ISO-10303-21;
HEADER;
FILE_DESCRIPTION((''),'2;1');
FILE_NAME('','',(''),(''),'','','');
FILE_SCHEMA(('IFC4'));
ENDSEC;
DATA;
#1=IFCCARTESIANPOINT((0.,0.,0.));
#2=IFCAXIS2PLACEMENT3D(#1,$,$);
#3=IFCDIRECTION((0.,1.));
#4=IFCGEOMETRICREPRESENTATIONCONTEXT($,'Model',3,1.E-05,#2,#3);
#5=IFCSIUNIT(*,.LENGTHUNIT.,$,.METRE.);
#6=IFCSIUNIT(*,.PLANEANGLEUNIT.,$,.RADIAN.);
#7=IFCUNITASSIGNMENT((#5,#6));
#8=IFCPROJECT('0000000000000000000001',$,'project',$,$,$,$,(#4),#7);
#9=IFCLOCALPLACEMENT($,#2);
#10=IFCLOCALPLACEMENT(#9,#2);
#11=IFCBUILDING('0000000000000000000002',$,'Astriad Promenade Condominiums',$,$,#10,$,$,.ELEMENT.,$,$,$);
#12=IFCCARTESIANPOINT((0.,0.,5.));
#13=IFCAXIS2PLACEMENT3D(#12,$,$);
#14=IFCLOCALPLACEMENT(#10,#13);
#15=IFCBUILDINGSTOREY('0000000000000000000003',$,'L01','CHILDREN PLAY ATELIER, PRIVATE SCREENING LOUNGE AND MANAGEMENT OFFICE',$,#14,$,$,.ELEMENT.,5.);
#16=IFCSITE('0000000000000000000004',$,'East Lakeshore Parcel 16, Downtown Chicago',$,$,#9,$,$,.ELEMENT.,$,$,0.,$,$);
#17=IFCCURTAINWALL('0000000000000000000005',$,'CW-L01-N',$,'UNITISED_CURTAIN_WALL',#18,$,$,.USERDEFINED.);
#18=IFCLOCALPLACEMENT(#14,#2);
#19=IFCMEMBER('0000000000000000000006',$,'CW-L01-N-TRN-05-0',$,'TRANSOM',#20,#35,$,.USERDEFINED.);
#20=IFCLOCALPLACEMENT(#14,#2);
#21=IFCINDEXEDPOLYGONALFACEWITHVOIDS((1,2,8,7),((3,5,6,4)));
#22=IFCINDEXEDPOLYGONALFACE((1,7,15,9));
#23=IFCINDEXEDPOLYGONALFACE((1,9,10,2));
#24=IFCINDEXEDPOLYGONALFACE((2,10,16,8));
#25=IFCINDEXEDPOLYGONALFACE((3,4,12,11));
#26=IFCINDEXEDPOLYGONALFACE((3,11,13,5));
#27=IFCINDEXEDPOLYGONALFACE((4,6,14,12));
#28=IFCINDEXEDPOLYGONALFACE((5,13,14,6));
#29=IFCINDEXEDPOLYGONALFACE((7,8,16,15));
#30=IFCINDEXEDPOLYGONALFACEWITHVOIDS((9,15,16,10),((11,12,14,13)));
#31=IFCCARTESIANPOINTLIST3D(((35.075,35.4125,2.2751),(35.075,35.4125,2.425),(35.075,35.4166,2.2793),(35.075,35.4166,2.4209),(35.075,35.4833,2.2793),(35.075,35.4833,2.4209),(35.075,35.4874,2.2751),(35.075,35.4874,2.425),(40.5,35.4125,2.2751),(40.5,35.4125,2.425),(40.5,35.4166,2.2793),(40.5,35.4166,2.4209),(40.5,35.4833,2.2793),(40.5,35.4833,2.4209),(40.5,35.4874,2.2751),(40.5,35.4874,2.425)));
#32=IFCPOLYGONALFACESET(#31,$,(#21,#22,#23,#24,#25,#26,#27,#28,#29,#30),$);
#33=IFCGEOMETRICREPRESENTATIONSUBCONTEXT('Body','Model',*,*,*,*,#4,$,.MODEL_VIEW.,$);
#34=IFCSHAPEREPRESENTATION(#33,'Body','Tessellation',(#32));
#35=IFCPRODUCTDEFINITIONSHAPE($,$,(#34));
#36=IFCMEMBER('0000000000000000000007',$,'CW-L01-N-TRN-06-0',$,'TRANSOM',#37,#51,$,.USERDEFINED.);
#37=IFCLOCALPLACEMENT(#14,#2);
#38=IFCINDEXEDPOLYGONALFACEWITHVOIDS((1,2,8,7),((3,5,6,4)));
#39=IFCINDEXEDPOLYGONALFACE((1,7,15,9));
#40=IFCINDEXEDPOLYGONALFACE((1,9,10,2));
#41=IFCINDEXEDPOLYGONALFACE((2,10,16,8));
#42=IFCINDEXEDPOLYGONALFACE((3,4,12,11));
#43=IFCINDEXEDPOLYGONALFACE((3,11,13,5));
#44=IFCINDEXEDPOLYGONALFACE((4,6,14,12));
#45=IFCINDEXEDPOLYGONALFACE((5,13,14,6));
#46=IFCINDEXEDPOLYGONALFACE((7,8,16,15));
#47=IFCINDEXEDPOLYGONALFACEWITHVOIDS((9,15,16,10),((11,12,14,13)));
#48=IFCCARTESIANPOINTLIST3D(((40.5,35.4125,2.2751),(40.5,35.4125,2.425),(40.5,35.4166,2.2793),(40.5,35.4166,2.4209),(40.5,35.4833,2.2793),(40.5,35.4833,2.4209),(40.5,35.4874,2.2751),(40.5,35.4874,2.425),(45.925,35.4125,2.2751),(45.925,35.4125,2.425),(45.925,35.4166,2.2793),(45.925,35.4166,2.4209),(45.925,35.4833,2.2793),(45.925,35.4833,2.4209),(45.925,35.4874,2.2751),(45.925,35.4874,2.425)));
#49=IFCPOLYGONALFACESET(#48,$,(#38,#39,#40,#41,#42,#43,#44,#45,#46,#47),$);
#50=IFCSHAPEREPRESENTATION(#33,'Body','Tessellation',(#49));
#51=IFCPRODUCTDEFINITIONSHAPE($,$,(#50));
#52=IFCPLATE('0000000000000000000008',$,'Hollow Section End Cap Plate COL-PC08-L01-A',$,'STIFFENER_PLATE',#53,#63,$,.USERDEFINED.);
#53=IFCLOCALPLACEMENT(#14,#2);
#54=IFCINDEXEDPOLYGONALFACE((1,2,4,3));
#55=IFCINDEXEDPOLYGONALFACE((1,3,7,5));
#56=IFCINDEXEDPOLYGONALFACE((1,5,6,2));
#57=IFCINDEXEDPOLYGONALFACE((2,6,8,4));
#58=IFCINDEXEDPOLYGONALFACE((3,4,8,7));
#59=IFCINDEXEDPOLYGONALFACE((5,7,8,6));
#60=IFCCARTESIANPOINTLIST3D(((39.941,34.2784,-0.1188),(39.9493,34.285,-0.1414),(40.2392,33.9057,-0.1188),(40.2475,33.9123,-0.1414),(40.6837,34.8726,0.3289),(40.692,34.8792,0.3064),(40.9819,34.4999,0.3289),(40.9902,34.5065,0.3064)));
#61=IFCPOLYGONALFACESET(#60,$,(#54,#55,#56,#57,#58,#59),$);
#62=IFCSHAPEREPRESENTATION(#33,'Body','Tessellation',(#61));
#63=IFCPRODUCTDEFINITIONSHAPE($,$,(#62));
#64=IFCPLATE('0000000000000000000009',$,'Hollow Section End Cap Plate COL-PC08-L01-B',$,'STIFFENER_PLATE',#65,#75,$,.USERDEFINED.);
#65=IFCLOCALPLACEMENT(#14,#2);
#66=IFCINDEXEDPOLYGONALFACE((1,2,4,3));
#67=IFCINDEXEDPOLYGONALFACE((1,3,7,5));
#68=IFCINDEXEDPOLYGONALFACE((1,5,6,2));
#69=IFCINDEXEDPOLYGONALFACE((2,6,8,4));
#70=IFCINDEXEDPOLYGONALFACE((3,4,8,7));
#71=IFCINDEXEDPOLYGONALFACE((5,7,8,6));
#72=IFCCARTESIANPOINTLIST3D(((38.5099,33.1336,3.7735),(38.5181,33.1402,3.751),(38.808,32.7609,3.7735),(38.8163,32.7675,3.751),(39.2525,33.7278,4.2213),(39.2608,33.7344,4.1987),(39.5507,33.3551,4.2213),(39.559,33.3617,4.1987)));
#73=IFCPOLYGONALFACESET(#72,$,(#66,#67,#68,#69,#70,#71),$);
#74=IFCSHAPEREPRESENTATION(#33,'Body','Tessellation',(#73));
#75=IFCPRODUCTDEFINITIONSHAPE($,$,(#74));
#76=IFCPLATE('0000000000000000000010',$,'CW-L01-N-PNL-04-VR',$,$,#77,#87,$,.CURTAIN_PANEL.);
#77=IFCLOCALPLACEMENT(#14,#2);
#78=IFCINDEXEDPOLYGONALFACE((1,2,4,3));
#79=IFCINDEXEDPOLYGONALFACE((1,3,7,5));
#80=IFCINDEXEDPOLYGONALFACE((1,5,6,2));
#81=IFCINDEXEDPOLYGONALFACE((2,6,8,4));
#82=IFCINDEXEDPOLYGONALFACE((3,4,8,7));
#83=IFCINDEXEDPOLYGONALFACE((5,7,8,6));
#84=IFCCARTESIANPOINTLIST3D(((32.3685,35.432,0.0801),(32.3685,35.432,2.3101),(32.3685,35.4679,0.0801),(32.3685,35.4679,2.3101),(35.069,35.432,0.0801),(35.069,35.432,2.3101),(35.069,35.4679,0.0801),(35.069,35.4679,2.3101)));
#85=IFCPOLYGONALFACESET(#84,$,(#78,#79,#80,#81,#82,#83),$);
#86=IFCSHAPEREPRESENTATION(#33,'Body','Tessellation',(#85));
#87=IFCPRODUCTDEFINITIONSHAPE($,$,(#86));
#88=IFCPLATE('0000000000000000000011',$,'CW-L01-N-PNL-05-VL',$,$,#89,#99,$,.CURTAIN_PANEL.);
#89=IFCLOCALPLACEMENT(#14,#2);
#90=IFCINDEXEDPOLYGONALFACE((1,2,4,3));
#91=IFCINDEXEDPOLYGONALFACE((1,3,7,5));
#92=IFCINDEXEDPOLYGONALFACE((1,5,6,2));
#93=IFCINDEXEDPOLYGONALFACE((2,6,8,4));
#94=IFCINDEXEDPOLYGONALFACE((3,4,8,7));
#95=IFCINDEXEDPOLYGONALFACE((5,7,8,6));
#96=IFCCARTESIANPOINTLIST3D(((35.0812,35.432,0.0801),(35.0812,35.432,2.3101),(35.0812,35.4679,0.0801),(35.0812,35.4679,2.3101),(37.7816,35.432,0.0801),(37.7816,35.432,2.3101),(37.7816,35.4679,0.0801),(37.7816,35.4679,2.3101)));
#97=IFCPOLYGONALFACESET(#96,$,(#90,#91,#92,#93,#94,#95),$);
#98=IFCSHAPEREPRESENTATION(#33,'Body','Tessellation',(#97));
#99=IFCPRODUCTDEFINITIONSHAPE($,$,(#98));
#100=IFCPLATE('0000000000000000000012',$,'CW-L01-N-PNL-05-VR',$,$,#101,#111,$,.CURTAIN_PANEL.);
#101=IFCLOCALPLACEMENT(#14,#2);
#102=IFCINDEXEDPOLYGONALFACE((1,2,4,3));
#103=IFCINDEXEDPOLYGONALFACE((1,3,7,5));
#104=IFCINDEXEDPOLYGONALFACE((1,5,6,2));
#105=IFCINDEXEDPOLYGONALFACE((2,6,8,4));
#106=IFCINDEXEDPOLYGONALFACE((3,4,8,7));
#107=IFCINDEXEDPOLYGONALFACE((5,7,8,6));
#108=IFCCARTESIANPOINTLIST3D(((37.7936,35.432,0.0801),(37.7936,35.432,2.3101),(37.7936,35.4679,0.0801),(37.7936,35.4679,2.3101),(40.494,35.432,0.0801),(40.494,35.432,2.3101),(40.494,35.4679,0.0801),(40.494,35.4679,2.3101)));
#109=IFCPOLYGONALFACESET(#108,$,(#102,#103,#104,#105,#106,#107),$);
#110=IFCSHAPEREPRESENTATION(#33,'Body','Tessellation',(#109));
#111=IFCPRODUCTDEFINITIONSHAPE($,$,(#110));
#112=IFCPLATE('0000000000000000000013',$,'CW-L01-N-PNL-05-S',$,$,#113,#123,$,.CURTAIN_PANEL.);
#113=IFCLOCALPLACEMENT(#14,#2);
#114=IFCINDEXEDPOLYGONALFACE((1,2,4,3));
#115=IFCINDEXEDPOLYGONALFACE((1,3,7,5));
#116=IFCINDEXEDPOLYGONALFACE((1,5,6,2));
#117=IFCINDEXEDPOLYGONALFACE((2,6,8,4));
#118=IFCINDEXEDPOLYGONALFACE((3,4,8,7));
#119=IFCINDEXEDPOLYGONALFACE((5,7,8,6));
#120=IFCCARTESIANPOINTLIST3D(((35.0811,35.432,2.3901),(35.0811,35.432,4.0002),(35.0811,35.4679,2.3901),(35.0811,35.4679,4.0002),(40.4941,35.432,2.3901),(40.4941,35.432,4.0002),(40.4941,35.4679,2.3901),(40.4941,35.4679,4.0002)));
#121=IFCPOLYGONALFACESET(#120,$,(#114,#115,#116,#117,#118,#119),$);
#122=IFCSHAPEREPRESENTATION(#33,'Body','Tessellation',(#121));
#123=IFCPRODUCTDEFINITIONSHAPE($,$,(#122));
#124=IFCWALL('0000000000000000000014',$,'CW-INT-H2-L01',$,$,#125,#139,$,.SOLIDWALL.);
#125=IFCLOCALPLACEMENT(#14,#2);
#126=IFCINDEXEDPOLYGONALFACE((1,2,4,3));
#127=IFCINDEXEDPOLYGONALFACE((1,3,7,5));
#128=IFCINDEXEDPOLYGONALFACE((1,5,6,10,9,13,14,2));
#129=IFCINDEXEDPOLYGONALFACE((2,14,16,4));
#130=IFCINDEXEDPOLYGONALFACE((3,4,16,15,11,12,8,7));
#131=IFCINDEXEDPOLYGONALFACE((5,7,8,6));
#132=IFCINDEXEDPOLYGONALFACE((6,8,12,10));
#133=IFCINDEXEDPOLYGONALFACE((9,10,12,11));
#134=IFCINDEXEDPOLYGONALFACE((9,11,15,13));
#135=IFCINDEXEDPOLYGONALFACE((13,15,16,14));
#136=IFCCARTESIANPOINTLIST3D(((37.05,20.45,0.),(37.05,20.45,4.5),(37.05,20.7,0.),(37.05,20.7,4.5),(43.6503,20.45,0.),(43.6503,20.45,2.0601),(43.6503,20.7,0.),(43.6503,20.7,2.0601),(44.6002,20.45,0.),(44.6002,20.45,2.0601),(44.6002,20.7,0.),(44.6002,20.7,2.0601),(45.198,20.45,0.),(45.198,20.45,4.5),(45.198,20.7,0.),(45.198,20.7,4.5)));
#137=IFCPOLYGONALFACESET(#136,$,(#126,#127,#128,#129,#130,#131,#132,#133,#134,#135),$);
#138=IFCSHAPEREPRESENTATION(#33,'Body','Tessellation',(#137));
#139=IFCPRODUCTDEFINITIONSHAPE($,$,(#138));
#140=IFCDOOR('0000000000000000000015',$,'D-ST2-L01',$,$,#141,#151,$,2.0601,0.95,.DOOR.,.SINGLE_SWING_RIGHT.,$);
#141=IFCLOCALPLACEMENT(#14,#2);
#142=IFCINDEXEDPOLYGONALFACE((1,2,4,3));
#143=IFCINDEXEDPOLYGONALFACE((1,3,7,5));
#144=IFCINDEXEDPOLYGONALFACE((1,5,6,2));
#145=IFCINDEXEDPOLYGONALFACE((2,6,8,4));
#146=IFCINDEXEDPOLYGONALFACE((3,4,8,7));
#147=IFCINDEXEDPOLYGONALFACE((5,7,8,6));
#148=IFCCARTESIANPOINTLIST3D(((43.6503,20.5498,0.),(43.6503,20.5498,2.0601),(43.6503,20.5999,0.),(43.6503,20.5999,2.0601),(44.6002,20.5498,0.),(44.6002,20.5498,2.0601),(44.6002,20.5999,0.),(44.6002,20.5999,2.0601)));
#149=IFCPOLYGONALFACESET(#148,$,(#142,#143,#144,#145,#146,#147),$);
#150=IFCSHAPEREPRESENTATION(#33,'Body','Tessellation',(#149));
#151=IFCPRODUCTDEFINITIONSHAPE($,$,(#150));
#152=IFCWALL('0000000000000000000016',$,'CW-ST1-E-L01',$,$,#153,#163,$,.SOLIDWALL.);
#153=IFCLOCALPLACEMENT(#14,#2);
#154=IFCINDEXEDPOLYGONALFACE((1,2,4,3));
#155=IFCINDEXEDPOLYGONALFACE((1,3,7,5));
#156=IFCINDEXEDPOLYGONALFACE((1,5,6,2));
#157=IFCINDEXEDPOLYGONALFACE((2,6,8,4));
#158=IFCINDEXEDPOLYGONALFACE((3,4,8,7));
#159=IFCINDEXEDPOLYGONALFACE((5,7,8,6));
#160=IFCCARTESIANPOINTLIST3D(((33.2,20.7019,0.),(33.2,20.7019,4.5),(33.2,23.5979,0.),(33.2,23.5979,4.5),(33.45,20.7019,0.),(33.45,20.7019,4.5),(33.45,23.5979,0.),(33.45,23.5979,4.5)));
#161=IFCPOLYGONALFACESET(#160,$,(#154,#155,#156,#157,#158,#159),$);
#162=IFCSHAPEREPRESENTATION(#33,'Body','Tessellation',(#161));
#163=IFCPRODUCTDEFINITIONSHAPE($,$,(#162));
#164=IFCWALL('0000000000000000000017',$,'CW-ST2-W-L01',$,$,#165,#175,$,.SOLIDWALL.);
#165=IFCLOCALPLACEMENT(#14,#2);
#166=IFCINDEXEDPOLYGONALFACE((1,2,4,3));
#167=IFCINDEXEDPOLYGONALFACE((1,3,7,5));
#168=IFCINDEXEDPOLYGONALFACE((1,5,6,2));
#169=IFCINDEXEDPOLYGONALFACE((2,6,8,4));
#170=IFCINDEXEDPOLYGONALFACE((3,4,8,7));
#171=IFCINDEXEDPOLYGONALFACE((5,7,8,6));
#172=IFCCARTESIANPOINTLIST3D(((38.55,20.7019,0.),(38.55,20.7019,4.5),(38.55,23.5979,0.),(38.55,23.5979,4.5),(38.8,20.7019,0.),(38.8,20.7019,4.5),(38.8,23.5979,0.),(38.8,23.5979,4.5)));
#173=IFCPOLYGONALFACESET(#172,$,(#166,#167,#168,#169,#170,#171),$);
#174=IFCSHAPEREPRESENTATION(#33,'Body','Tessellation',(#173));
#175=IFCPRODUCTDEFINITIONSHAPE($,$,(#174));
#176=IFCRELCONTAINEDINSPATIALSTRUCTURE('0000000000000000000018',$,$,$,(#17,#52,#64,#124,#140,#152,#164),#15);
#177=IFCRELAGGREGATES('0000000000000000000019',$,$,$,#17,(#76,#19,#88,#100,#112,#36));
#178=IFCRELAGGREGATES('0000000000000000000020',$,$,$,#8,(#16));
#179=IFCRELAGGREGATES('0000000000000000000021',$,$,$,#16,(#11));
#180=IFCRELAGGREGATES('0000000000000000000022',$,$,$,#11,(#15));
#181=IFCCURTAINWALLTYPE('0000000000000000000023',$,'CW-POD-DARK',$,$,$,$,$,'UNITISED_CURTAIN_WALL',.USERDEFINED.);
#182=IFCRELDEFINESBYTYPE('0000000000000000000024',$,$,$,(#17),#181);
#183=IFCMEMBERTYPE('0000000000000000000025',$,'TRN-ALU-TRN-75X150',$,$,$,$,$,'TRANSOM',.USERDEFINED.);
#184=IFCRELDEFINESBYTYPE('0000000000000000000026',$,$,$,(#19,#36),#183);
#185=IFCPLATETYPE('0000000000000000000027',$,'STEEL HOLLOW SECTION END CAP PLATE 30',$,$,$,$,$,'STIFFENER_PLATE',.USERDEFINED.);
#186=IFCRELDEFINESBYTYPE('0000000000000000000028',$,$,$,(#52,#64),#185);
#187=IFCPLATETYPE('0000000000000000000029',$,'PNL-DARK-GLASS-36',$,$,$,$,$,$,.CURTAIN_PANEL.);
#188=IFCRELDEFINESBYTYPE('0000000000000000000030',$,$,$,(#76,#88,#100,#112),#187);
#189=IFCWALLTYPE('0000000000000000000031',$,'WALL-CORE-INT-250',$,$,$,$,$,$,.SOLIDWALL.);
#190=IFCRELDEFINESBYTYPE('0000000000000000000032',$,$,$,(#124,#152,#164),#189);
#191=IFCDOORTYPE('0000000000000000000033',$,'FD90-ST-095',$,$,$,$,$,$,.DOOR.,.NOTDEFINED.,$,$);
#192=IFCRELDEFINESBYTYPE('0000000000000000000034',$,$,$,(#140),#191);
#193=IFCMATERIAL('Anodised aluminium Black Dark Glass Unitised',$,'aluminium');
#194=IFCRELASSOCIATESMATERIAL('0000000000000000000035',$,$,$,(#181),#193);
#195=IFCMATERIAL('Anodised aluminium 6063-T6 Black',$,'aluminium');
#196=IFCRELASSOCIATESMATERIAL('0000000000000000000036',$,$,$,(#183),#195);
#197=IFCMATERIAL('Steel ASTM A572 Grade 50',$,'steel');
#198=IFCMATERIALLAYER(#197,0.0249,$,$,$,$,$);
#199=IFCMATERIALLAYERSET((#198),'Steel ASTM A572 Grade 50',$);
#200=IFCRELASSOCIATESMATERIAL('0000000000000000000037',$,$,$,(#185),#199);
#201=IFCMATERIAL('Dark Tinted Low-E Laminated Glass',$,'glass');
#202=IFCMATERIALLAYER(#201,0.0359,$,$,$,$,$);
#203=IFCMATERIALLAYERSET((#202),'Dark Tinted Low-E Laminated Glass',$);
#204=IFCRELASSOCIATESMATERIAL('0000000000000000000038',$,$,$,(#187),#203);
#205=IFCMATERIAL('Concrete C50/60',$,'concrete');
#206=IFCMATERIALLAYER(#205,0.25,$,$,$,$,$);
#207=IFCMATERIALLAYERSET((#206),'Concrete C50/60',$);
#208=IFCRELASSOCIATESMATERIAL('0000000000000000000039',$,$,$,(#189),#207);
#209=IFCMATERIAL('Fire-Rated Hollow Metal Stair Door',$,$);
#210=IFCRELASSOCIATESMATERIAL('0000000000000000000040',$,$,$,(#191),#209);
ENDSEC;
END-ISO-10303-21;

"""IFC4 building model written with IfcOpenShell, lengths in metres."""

from ifc_helpers import new_model, si_unit, direction, frame, frame_2d, origin, origin_2d, place, context, subcontext, project, spatial, rectangle, hollow_rectangle, extrude, source, transform, mapped, material, layer, layer_set, material_profile, profile_set, type_object, type_shapes, element, fill, aggregate, save


model = new_model("IFC4")

# Units and contexts
model_context = context("Model", 3, precision=1e-05, world=origin(), true_north=direction((0.0, 1.0)))
body_context = subcontext(model_context, "Body", "Model", "MODEL_VIEW")
ifc_project = project(units=[si_unit("LENGTHUNIT", "METRE"), si_unit("PLANEANGLEUNIT", "RADIAN")], contexts=[model_context])

# Site, building, storey
site_placement = place(None, origin())
site = spatial("IfcSite", under=ifc_project, at=site_placement, Name="East Lakeshore Parcel 16, Downtown Chicago", CompositionType="ELEMENT", RefElevation=0.0)
building_placement = place(site_placement, origin())
building = spatial("IfcBuilding", under=site, at=building_placement, Name="Astriad Promenade Condominiums", CompositionType="ELEMENT")
storey_placement = place(building_placement, frame((0.0, 0.0, 5.0)))
storey = spatial("IfcBuildingStorey", under=building, at=storey_placement, Name="L01", Description="CHILDREN PLAY ATELIER, PRIVATE SCREENING LOUNGE AND MANAGEMENT OFFICE", CompositionType="ELEMENT", Elevation=5.0)

# Curtain wall, members
ifc_material_1 = material(Name="Anodised aluminium Black Dark Glass Unitised", Category="aluminium")
curtain_wall_type = type_object("IfcCurtainWallType", Name="CW-POD-DARK", ElementType="UNITISED_CURTAIN_WALL", PredefinedType="USERDEFINED", material=ifc_material_1)
curtain_wall_placement = place(storey_placement, origin())
curtain_wall = element("IfcCurtainWall", 1, at=curtain_wall_placement, inside=storey, type_object=curtain_wall_type, Name="CW-L01-N", ObjectType="UNITISED_CURTAIN_WALL", PredefinedType="USERDEFINED")
ifc_material_2 = material(Name="Anodised aluminium 6063-T6 Black", Category="aluminium")
ifc_material_profile_1 = material_profile(ifc_material_2, hollow_rectangle(XDim=0.075, YDim=0.1499, WallThickness=0.0042, at=origin_2d()), Name="ALU-TRN-75X150")
ifc_profile_set_1 = profile_set([ifc_material_profile_1], Name="Anodised aluminium 6063-T6 Black")
member_type_1 = type_object("IfcMemberType", Name="TRN-ALU-TRN-75X150", ElementType="TRANSOM", PredefinedType="USERDEFINED", material=ifc_profile_set_1)
shared_shape_1 = source(origin(), body_context, "Body", "SweptSolid", [
    extrude(hollow_rectangle(XDim=0.075, YDim=0.1499, WallThickness=0.0042, at=origin_2d()), origin(), (0.0, 0.0, 1.0), 5.425),
])
type_shapes(member_type_1, [shared_shape_1])
member_1_placement = place(storey_placement, frame((35.075, 35.45, 2.3501), z_axis=(1.0, 0.0, 0.0), x_axis=(0.0, 1.0, 0.0)))
member_1 = element("IfcMember", 2, at=member_1_placement, type_object=member_type_1, Name="CW-L01-N-TRN-05-0", ObjectType="TRANSOM", PredefinedType="USERDEFINED", context=body_context, shape_type="MappedRepresentation", body=[
    mapped(shared_shape_1, transform((0.0, 0.0, 0.0), scale=1.0)),
])
member_2_placement = place(storey_placement, frame((40.5, 35.45, 2.3501), z_axis=(1.0, 0.0, 0.0), x_axis=(0.0, 1.0, 0.0)))
member_2 = element("IfcMember", 3, at=member_2_placement, type_object=member_type_1, Name="CW-L01-N-TRN-06-0", ObjectType="TRANSOM", PredefinedType="USERDEFINED", context=body_context, shape_type="MappedRepresentation", body=[
    mapped(shared_shape_1, transform((0.0, 0.0, 0.0), scale=1.0)),
])

# Plates
ifc_material_3 = material(Name="Steel ASTM A572 Grade 50", Category="steel")
ifc_layer_1 = layer(ifc_material_3, 0.0249)
ifc_layer_set_1 = layer_set([ifc_layer_1], Name="Steel ASTM A572 Grade 50")
plate_type_1 = type_object("IfcPlateType", Name="STEEL HOLLOW SECTION END CAP PLATE 30", ElementType="STIFFENER_PLATE", PredefinedType="USERDEFINED", material=ifc_layer_set_1)
shared_shape_2 = source(origin(), body_context, "Body", "SweptSolid", [
    extrude(rectangle(XDim=0.4773, YDim=1.0513, at=origin_2d()), origin(), (0.0, 0.0, 1.0), 0.0249),
])
type_shapes(plate_type_1, [shared_shape_2])
for number, where, z_axis, x_axis, name in (
    (4, (40.4697, 34.3958, 0.0825), (-0.332599, -0.266107, 0.904746), (0.624735, -0.780837, 0.0), "Hollow Section End Cap Plate COL-PC08-L01-A"),
    (5, (39.0386, 33.251, 3.9749), (-0.332599, -0.266107, 0.904746), (0.624735, -0.780837, 0.0), "Hollow Section End Cap Plate COL-PC08-L01-B"),
):
    element("IfcPlate", number, at=place(storey_placement, frame(where, z_axis=z_axis, x_axis=x_axis)), inside=storey, type_object=plate_type_1, Name=name, ObjectType="STIFFENER_PLATE", PredefinedType="USERDEFINED", context=body_context, shape_type="MappedRepresentation", body=[
        mapped(shared_shape_2, transform((0.0, 0.0, 0.0), scale=1.0)),
    ])

# Plates
ifc_material_4 = material(Name="Dark Tinted Low-E Laminated Glass", Category="glass")
ifc_layer_2 = layer(ifc_material_4, 0.0359)
ifc_layer_set_2 = layer_set([ifc_layer_2], Name="Dark Tinted Low-E Laminated Glass")
plate_type_2 = type_object("IfcPlateType", Name="PNL-DARK-GLASS-36", PredefinedType="CURTAIN_PANEL", material=ifc_layer_set_2)
shared_shape_3 = source(origin(), body_context, "Body", "SweptSolid", [
    extrude(rectangle(XDim=2.7004, YDim=0.0359, at=origin_2d()), origin(), (0.0, 0.0, 1.0), 2.23),
])
plate_1_placement = place(storey_placement, frame((33.7188, 35.45, 0.0801), z_axis=(0.0, 0.0, 1.0), x_axis=(1.0, 0.0, 0.0)))
plate_1 = element("IfcPlate", 6, at=plate_1_placement, type_object=plate_type_2, Name="CW-L01-N-PNL-04-VR", PredefinedType="CURTAIN_PANEL", context=body_context, shape_type="MappedRepresentation", body=[
    mapped(shared_shape_3, transform((0.0, 0.0, 0.0), scale=1.0)),
])
plate_2_placement = place(storey_placement, frame((36.4314, 35.45, 0.0801), z_axis=(0.0, 0.0, 1.0), x_axis=(1.0, 0.0, 0.0)))
plate_2 = element("IfcPlate", 7, at=plate_2_placement, type_object=plate_type_2, Name="CW-L01-N-PNL-05-VL", PredefinedType="CURTAIN_PANEL", context=body_context, shape_type="MappedRepresentation", body=[
    mapped(shared_shape_3, transform((0.0, 0.0, 0.0), scale=1.0)),
])
plate_3_placement = place(storey_placement, frame((39.1438, 35.45, 0.0801), z_axis=(0.0, 0.0, 1.0), x_axis=(1.0, 0.0, 0.0)))
plate_3 = element("IfcPlate", 8, at=plate_3_placement, type_object=plate_type_2, Name="CW-L01-N-PNL-05-VR", PredefinedType="CURTAIN_PANEL", context=body_context, shape_type="MappedRepresentation", body=[
    mapped(shared_shape_3, transform((0.0, 0.0, 0.0), scale=1.0)),
])
shared_shape_4 = source(origin(), body_context, "Body", "SweptSolid", [
    extrude(rectangle(XDim=5.4131, YDim=0.0359, at=origin_2d()), origin(), (0.0, 0.0, 1.0), 1.6101),
])
type_shapes(plate_type_2, [shared_shape_3, shared_shape_4])
plate_4_placement = place(storey_placement, frame((37.7876, 35.45, 2.3901), z_axis=(0.0, 0.0, 1.0), x_axis=(1.0, 0.0, 0.0)))
plate_4 = element("IfcPlate", 9, at=plate_4_placement, type_object=plate_type_2, Name="CW-L01-N-PNL-05-S", PredefinedType="CURTAIN_PANEL", context=body_context, shape_type="MappedRepresentation", body=[
    mapped(shared_shape_4, transform((0.0, 0.0, 0.0), scale=1.0)),
])
aggregate(curtain_wall, [plate_1, member_1, plate_2, plate_3, plate_4, member_2])

# Wall, opening, door
ifc_material_5 = material(Name="Concrete C50/60", Category="concrete")
ifc_layer_3 = layer(ifc_material_5, 0.25)
ifc_layer_set_3 = layer_set([ifc_layer_3], Name="Concrete C50/60")
wall_type_1 = type_object("IfcWallType", Name="WALL-CORE-INT-250", PredefinedType="SOLIDWALL", material=ifc_layer_set_3)
wall_1_placement = place(storey_placement, frame((37.05, 20.575, 0.0), z_axis=(0.0, 0.0, 1.0), x_axis=(1.0, 0.0, 0.0)))
wall_1 = element("IfcWall", 10, at=wall_1_placement, inside=storey, type_object=wall_type_1, Name="CW-INT-H2-L01", PredefinedType="SOLIDWALL", context=body_context, shape_type="SweptSolid", body=[
    extrude(rectangle(XDim=8.1479, YDim=0.25, at=frame_2d((4.074, 0.0))), origin(), (0.0, 0.0, 1.0), 4.5),
])
opening_1_placement = place(wall_1_placement, frame((6.6001, 0.0, 0.0)))
opening_1 = element("IfcOpeningElement", 11, at=opening_1_placement, cuts=wall_1, PredefinedType="OPENING", context=body_context, shape_type="SweptSolid", body=[
    extrude(rectangle(XDim=0.95, YDim=2.0601, at=frame_2d((0.4751, 1.03))), frame((0.0, 0.135, 0.0), z_axis=(0.0, -1.0, 0.0), x_axis=(1.0, 0.0, 0.0)), (0.0, 0.0, 1.0), 0.27),
])
ifc_material_6 = material(Name="Fire-Rated Hollow Metal Stair Door")
door_type_1 = type_object("IfcDoorType", Name="FD90-ST-095", OperationType="NOTDEFINED", PredefinedType="DOOR", material=ifc_material_6)
shared_shape_5 = source(origin(), body_context, "Body", "SweptSolid", [
    extrude(rectangle(XDim=0.95, YDim=2.0601, at=frame_2d((0.4751, 1.03))), frame((0.0, 0.0249, 0.0), z_axis=(0.0, -1.0, 0.0), x_axis=(1.0, 0.0, 0.0)), (0.0, 0.0, 1.0), 0.05),
])
type_shapes(door_type_1, [shared_shape_5])
door_1_placement = place(opening_1_placement, origin())
door_1 = element("IfcDoor", 12, at=door_1_placement, inside=storey, type_object=door_type_1, Name="D-ST2-L01", OperationType="SINGLE_SWING_RIGHT", OverallHeight=2.0601, OverallWidth=0.95, PredefinedType="DOOR", context=body_context, shape_type="MappedRepresentation", body=[
    mapped(shared_shape_5, transform((0.0, 0.0, 0.0), scale=1.0)),
])
fill(opening_1, door_1)

# Walls
for number, where, z_axis, x_axis, name in (
    (13, (33.325, 20.7019, 0.0), (0.0, 0.0, 1.0), (0.0, 1.0, 0.0), "CW-ST1-E-L01"),
    (14, (38.675, 20.7019, 0.0), (0.0, 0.0, 1.0), (0.0, 1.0, 0.0), "CW-ST2-W-L01"),
):
    element("IfcWall", number, at=place(storey_placement, frame(where, z_axis=z_axis, x_axis=x_axis)), inside=storey, type_object=wall_type_1, Name=name, PredefinedType="SOLIDWALL", context=body_context, shape_type="SweptSolid", body=[
        extrude(rectangle(XDim=2.896, YDim=0.25, at=frame_2d((1.448, 0.0))), origin(), (0.0, 0.0, 1.0), 4.5),
    ])

save(model, "model.ifc")
